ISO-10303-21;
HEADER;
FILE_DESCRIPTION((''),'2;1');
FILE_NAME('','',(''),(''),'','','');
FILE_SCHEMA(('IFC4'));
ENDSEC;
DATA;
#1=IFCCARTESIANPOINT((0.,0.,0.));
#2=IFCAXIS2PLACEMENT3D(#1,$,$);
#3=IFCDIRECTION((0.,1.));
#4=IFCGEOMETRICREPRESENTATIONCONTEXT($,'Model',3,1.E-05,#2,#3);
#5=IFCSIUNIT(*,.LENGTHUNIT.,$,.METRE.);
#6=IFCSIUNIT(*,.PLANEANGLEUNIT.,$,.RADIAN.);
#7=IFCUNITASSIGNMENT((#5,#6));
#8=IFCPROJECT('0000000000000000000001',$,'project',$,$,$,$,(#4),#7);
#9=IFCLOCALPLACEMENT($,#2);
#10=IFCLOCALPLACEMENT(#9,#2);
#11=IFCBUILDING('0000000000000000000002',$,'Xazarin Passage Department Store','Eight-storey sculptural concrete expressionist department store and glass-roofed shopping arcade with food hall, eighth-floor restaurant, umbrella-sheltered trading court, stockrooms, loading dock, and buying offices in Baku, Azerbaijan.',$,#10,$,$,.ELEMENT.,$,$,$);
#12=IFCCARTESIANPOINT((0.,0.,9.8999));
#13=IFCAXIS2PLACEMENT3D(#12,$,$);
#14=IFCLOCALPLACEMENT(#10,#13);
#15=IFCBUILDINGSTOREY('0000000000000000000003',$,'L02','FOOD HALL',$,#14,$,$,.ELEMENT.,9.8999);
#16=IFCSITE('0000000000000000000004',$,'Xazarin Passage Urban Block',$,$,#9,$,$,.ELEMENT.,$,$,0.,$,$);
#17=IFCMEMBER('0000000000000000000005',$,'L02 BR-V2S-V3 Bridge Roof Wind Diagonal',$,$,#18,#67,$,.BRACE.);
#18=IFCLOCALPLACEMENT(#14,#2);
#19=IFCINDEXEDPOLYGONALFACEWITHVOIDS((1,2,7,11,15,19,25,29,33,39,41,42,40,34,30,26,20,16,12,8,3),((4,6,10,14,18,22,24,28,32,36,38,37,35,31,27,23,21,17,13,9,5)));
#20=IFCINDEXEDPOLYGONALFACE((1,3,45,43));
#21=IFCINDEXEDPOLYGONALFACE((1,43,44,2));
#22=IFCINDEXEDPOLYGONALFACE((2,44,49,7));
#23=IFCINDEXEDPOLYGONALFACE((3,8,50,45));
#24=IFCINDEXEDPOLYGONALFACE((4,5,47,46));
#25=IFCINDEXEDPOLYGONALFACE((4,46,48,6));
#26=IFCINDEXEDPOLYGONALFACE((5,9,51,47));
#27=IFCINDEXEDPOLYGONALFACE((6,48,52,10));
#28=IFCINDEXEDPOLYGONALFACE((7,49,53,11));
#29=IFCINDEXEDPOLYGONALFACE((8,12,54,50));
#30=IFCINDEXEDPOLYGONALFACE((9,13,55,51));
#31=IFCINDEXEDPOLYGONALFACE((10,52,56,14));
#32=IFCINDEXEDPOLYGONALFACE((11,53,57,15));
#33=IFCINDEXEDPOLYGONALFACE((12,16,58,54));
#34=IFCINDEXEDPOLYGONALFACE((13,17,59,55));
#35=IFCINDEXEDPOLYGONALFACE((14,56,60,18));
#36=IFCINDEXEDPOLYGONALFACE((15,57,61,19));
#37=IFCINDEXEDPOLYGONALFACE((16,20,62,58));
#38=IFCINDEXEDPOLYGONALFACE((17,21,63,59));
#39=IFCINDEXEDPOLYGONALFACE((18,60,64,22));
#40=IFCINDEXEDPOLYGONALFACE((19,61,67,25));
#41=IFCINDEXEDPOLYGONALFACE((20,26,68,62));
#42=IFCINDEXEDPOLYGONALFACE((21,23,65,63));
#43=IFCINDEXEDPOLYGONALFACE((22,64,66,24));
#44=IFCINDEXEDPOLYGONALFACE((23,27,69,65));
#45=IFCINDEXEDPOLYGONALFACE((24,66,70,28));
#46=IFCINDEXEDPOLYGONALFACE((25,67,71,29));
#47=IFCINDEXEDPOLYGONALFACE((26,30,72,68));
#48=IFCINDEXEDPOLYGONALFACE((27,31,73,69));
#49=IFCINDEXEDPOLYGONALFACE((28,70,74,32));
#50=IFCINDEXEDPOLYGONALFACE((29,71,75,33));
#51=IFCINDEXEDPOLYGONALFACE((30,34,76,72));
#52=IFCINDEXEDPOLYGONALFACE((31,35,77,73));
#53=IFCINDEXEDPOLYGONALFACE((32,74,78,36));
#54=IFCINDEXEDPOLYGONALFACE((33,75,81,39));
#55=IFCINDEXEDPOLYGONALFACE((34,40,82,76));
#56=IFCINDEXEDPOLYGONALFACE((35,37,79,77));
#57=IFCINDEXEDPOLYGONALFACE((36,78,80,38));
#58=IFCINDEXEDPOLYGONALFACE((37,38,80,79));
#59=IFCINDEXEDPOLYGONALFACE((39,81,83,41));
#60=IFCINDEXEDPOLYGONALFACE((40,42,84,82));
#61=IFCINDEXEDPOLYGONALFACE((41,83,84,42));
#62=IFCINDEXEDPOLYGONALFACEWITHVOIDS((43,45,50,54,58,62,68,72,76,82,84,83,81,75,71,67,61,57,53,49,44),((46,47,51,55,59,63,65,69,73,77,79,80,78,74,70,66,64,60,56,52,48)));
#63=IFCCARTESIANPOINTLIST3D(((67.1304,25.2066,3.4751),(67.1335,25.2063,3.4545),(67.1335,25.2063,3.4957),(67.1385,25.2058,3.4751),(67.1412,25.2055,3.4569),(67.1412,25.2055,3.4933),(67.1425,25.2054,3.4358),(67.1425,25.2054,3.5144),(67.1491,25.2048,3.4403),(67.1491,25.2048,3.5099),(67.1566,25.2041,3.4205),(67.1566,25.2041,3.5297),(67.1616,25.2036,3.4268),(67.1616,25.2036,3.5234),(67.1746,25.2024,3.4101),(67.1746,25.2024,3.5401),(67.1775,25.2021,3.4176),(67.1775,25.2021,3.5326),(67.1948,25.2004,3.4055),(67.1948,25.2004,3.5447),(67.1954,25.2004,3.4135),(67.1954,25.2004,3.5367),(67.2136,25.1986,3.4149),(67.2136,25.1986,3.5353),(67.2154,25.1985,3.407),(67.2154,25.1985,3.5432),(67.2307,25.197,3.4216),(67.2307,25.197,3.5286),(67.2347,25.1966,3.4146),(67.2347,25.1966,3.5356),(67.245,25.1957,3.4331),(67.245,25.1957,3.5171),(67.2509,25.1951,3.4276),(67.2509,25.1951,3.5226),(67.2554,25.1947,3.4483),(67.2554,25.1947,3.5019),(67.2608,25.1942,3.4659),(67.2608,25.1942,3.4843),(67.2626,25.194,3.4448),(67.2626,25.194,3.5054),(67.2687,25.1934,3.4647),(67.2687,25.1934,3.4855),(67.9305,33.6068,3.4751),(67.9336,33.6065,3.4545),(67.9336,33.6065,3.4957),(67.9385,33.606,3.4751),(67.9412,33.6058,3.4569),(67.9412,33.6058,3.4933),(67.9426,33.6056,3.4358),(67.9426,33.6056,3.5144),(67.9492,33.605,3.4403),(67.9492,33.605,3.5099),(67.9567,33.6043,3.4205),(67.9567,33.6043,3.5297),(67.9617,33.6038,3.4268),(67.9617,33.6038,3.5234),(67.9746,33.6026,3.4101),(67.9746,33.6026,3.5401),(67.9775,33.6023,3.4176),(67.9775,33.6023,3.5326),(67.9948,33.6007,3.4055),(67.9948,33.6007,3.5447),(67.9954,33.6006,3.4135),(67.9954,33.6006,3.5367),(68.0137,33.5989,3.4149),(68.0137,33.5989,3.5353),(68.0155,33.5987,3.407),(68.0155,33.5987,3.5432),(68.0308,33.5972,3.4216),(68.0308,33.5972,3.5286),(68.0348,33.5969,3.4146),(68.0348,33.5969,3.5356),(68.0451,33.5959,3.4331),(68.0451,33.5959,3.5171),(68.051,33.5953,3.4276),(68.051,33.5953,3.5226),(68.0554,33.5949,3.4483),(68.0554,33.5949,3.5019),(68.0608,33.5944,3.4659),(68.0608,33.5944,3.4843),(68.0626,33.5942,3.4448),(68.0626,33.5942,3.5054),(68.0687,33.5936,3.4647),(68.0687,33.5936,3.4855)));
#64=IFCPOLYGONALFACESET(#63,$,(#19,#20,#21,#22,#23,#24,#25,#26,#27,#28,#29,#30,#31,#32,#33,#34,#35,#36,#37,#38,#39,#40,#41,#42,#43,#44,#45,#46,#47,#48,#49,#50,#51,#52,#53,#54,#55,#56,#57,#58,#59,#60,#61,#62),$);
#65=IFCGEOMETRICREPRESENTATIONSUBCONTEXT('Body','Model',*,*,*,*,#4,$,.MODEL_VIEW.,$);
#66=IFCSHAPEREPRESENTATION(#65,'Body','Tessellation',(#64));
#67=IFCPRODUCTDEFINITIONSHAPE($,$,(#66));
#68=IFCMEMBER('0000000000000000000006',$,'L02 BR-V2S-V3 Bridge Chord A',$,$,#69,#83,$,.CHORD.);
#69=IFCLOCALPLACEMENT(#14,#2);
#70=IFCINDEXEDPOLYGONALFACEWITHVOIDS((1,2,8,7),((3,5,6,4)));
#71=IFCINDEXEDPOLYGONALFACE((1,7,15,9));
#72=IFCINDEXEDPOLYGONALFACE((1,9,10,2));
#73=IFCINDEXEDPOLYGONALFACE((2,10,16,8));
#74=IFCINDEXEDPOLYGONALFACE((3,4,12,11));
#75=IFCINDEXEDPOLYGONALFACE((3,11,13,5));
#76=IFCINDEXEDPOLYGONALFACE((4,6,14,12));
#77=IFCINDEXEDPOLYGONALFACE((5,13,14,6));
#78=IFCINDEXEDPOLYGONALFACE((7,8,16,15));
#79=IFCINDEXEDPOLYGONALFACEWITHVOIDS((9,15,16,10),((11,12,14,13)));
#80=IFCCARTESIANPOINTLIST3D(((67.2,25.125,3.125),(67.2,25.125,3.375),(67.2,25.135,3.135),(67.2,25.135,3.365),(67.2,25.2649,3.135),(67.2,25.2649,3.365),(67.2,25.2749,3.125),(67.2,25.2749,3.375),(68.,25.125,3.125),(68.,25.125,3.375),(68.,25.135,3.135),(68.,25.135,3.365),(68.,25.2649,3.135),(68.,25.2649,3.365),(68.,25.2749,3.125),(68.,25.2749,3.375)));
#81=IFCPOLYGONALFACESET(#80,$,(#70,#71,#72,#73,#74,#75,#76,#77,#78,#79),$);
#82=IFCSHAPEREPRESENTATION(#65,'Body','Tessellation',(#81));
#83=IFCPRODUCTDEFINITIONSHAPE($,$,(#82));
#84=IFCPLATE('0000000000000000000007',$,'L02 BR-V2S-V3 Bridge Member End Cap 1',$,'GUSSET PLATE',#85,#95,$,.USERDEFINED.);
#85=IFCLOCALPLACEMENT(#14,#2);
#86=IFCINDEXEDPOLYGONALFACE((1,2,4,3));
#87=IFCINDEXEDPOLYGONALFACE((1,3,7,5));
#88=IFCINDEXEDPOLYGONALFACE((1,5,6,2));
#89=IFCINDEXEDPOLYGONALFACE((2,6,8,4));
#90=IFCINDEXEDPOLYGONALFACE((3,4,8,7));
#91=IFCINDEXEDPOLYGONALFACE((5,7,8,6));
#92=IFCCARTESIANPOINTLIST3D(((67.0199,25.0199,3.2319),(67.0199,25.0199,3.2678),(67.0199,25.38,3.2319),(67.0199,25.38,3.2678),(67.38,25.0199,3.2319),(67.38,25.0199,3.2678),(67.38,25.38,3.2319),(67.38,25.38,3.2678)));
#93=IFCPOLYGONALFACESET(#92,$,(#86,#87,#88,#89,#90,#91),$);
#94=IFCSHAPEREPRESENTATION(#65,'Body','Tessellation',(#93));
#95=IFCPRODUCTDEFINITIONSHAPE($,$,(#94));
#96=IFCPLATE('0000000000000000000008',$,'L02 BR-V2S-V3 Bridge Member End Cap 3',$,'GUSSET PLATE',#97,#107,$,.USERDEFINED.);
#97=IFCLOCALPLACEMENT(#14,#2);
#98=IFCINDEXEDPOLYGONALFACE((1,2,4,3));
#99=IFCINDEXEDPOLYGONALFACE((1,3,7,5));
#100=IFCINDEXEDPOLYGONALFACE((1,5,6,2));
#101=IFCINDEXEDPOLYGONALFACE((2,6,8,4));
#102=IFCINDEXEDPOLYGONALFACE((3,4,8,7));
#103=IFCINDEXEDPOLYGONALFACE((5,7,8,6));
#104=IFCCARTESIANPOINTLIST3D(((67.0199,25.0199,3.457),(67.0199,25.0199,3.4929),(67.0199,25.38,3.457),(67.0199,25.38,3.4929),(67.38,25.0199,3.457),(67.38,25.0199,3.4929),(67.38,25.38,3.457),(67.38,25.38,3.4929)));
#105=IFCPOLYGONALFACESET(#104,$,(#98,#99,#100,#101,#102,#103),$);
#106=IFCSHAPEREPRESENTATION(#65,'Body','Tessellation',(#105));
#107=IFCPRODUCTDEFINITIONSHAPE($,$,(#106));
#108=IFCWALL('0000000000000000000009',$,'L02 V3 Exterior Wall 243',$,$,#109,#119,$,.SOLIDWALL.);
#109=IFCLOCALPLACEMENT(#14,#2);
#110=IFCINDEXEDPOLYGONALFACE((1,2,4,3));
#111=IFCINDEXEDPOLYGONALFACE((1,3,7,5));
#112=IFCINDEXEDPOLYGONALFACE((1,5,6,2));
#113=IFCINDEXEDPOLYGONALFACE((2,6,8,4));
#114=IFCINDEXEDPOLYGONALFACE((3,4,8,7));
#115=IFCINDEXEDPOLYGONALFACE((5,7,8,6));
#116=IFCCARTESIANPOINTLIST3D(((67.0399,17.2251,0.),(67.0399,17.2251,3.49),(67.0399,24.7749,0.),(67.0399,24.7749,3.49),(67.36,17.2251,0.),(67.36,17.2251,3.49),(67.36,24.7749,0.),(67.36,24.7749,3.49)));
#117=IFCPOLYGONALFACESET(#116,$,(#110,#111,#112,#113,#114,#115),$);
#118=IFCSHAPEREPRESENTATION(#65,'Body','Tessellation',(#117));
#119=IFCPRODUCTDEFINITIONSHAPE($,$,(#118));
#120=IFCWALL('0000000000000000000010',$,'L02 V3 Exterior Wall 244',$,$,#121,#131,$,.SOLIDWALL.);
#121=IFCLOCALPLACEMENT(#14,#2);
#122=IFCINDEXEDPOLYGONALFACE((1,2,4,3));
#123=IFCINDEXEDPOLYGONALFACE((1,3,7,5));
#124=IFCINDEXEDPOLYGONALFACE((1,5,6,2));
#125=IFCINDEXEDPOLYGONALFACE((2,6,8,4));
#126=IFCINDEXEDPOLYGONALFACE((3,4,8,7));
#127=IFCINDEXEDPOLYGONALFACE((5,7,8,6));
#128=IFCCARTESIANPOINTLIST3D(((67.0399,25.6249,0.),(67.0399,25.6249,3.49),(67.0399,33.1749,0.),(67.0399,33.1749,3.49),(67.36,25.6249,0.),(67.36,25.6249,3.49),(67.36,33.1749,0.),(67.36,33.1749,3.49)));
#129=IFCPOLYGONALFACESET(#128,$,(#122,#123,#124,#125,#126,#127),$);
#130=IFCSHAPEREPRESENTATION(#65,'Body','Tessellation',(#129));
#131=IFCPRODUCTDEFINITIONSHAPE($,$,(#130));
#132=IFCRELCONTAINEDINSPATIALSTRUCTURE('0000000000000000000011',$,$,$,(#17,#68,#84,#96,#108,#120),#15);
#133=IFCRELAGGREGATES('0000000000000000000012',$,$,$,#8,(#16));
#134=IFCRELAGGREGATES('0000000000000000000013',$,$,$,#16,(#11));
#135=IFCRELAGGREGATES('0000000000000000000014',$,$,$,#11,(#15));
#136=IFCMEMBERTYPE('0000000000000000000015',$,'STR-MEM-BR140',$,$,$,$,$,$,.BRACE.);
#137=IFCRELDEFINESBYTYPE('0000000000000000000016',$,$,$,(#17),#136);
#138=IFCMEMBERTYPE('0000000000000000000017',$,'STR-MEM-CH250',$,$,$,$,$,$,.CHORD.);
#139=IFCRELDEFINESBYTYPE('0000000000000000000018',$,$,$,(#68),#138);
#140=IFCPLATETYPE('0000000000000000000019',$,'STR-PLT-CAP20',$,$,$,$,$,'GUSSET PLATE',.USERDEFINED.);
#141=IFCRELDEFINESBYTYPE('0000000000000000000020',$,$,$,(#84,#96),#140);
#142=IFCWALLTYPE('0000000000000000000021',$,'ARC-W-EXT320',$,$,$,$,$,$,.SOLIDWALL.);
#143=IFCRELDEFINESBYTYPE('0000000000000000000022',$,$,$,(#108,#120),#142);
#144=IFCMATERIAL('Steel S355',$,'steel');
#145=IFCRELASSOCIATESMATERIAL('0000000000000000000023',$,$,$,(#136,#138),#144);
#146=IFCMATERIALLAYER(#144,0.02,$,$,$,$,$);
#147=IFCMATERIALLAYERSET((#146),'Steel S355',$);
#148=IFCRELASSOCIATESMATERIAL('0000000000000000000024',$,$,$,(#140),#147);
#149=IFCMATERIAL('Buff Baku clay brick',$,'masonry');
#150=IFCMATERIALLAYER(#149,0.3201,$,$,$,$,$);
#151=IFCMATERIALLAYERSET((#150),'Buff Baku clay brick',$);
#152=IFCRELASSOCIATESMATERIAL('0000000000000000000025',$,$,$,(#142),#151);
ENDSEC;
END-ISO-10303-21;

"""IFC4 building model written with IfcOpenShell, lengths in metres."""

from ifc_helpers import new_model, si_unit, direction, frame, frame_2d, origin, origin_2d, place, context, subcontext, project, spatial, rectangle, hollow_rectangle, hollow_circle, extrude, material, layer, layer_set, material_profile, profile_set, type_object, element, save


model = new_model("IFC4")

# Units and contexts
model_context = context("Model", 3, precision=1e-05, world=origin(), true_north=direction((0.0, 1.0)))
body_context = subcontext(model_context, "Body", "Model", "MODEL_VIEW")
ifc_project = project(units=[si_unit("LENGTHUNIT", "METRE"), si_unit("PLANEANGLEUNIT", "RADIAN")], contexts=[model_context])

# Site, building, storey
site_placement = place(None, origin())
site = spatial("IfcSite", under=ifc_project, at=site_placement, Name="Xazarin Passage Urban Block", CompositionType="ELEMENT", RefElevation=0.0)
building_placement = place(site_placement, origin())
building = spatial("IfcBuilding", under=site, at=building_placement, Name="Xazarin Passage Department Store", Description="Eight-storey sculptural concrete expressionist department store and glass-roofed shopping arcade with food hall, eighth-floor restaurant, umbrella-sheltered trading court, stockrooms, loading dock, and buying offices in Baku, Azerbaijan.", CompositionType="ELEMENT")
storey_placement = place(building_placement, frame((0.0, 0.0, 9.8999)))
storey = spatial("IfcBuildingStorey", under=building, at=storey_placement, Name="L02", Description="FOOD HALL", CompositionType="ELEMENT", Elevation=9.8999)

# Shared definitions
ifc_material_1 = material(Name="Steel S355", Category="steel")

# Members
ifc_material_profile_1 = material_profile(ifc_material_1, hollow_circle(Radius=0.0698, WallThickness=0.0081, at=origin_2d()), Name="CHS 139.7x8")
ifc_profile_set_1 = profile_set([ifc_material_profile_1], Name="Steel S355")
member_type_1 = type_object("IfcMemberType", Name="STR-MEM-BR140", PredefinedType="BRACE", material=ifc_profile_set_1)
member_1_placement = place(storey_placement, frame((67.2, 25.2, 3.4751), z_axis=(0.094813, 0.995495, 0.0), x_axis=(-0.995495, 0.094813, 0.0)))
element("IfcMember", 1, at=member_1_placement, inside=storey, type_object=member_type_1, Name="L02 BR-V2S-V3 Bridge Roof Wind Diagonal", PredefinedType="BRACE", context=body_context, shape_type="SweptSolid", body=[
    extrude(hollow_circle(Radius=0.0698, WallThickness=0.0081, at=origin_2d()), origin(), (0.0, 0.0, 1.0), 8.4382),
])
ifc_material_profile_2 = material_profile(ifc_material_1, hollow_rectangle(XDim=0.1499, YDim=0.25, WallThickness=0.01, at=origin_2d()), Name="RHS 250x150x10")
ifc_profile_set_2 = profile_set([ifc_material_profile_2], Name="Steel S355")
member_type_2 = type_object("IfcMemberType", Name="STR-MEM-CH250", PredefinedType="CHORD", material=ifc_profile_set_2)
member_2_placement = place(storey_placement, frame((67.2, 25.2, 3.25), z_axis=(1.0, 0.0, 0.0), x_axis=(0.0, 1.0, 0.0)))
element("IfcMember", 2, at=member_2_placement, inside=storey, type_object=member_type_2, Name="L02 BR-V2S-V3 Bridge Chord A", PredefinedType="CHORD", context=body_context, shape_type="SweptSolid", body=[
    extrude(hollow_rectangle(XDim=0.1499, YDim=0.25, WallThickness=0.01, at=origin_2d()), origin(), (0.0, 0.0, 1.0), 0.8),
])

# Plates
ifc_layer_1 = layer(ifc_material_1, 0.02)
ifc_layer_set_1 = layer_set([ifc_layer_1], Name="Steel S355")
plate_type = type_object("IfcPlateType", Name="STR-PLT-CAP20", ElementType="GUSSET PLATE", PredefinedType="USERDEFINED", material=ifc_layer_set_1)
for number, where, z_axis, x_axis, name in (
    (3, (67.2, 25.2, 3.2319), (0.0, 0.0, 1.0), (1.0, 0.0, 0.0), "L02 BR-V2S-V3 Bridge Member End Cap 1"),
    (4, (67.2, 25.2, 3.457), (0.0, 0.0, 1.0), (1.0, 0.0, 0.0), "L02 BR-V2S-V3 Bridge Member End Cap 3"),
):
    element("IfcPlate", number, at=place(storey_placement, frame(where, z_axis=z_axis, x_axis=x_axis)), inside=storey, type_object=plate_type, Name=name, ObjectType="GUSSET PLATE", PredefinedType="USERDEFINED", context=body_context, shape_type="SweptSolid", body=[
        extrude(rectangle(XDim=0.3601, YDim=0.3601, at=origin_2d()), origin(), (0.0, 0.0, 1.0), 0.0359),
    ])

# Walls
ifc_material_2 = material(Name="Buff Baku clay brick", Category="masonry")
ifc_layer_2 = layer(ifc_material_2, 0.3201)
ifc_layer_set_2 = layer_set([ifc_layer_2], Name="Buff Baku clay brick")
wall_type = type_object("IfcWallType", Name="ARC-W-EXT320", PredefinedType="SOLIDWALL", material=ifc_layer_set_2)
wall_1_placement = place(storey_placement, frame((67.2, 17.2251, 0.0), z_axis=(0.0, 0.0, 1.0), x_axis=(0.0, 1.0, 0.0)))
element("IfcWall", 5, at=wall_1_placement, inside=storey, type_object=wall_type, Name="L02 V3 Exterior Wall 243", PredefinedType="SOLIDWALL", context=body_context, shape_type="SweptSolid", body=[
    extrude(rectangle(XDim=7.5498, YDim=0.3201, at=frame_2d((3.7749, 0.0))), origin(), (0.0, 0.0, 1.0), 3.49),
])
wall_2_placement = place(storey_placement, frame((67.2, 25.625, 0.0), z_axis=(0.0, 0.0, 1.0), x_axis=(0.0, 1.0, 0.0)))
element("IfcWall", 6, at=wall_2_placement, inside=storey, type_object=wall_type, Name="L02 V3 Exterior Wall 244", PredefinedType="SOLIDWALL", context=body_context, shape_type="SweptSolid", body=[
    extrude(rectangle(XDim=7.55, YDim=0.3201, at=frame_2d((3.7749, 0.0))), origin(), (0.0, 0.0, 1.0), 3.49),
])

save(model, "model.ifc")
